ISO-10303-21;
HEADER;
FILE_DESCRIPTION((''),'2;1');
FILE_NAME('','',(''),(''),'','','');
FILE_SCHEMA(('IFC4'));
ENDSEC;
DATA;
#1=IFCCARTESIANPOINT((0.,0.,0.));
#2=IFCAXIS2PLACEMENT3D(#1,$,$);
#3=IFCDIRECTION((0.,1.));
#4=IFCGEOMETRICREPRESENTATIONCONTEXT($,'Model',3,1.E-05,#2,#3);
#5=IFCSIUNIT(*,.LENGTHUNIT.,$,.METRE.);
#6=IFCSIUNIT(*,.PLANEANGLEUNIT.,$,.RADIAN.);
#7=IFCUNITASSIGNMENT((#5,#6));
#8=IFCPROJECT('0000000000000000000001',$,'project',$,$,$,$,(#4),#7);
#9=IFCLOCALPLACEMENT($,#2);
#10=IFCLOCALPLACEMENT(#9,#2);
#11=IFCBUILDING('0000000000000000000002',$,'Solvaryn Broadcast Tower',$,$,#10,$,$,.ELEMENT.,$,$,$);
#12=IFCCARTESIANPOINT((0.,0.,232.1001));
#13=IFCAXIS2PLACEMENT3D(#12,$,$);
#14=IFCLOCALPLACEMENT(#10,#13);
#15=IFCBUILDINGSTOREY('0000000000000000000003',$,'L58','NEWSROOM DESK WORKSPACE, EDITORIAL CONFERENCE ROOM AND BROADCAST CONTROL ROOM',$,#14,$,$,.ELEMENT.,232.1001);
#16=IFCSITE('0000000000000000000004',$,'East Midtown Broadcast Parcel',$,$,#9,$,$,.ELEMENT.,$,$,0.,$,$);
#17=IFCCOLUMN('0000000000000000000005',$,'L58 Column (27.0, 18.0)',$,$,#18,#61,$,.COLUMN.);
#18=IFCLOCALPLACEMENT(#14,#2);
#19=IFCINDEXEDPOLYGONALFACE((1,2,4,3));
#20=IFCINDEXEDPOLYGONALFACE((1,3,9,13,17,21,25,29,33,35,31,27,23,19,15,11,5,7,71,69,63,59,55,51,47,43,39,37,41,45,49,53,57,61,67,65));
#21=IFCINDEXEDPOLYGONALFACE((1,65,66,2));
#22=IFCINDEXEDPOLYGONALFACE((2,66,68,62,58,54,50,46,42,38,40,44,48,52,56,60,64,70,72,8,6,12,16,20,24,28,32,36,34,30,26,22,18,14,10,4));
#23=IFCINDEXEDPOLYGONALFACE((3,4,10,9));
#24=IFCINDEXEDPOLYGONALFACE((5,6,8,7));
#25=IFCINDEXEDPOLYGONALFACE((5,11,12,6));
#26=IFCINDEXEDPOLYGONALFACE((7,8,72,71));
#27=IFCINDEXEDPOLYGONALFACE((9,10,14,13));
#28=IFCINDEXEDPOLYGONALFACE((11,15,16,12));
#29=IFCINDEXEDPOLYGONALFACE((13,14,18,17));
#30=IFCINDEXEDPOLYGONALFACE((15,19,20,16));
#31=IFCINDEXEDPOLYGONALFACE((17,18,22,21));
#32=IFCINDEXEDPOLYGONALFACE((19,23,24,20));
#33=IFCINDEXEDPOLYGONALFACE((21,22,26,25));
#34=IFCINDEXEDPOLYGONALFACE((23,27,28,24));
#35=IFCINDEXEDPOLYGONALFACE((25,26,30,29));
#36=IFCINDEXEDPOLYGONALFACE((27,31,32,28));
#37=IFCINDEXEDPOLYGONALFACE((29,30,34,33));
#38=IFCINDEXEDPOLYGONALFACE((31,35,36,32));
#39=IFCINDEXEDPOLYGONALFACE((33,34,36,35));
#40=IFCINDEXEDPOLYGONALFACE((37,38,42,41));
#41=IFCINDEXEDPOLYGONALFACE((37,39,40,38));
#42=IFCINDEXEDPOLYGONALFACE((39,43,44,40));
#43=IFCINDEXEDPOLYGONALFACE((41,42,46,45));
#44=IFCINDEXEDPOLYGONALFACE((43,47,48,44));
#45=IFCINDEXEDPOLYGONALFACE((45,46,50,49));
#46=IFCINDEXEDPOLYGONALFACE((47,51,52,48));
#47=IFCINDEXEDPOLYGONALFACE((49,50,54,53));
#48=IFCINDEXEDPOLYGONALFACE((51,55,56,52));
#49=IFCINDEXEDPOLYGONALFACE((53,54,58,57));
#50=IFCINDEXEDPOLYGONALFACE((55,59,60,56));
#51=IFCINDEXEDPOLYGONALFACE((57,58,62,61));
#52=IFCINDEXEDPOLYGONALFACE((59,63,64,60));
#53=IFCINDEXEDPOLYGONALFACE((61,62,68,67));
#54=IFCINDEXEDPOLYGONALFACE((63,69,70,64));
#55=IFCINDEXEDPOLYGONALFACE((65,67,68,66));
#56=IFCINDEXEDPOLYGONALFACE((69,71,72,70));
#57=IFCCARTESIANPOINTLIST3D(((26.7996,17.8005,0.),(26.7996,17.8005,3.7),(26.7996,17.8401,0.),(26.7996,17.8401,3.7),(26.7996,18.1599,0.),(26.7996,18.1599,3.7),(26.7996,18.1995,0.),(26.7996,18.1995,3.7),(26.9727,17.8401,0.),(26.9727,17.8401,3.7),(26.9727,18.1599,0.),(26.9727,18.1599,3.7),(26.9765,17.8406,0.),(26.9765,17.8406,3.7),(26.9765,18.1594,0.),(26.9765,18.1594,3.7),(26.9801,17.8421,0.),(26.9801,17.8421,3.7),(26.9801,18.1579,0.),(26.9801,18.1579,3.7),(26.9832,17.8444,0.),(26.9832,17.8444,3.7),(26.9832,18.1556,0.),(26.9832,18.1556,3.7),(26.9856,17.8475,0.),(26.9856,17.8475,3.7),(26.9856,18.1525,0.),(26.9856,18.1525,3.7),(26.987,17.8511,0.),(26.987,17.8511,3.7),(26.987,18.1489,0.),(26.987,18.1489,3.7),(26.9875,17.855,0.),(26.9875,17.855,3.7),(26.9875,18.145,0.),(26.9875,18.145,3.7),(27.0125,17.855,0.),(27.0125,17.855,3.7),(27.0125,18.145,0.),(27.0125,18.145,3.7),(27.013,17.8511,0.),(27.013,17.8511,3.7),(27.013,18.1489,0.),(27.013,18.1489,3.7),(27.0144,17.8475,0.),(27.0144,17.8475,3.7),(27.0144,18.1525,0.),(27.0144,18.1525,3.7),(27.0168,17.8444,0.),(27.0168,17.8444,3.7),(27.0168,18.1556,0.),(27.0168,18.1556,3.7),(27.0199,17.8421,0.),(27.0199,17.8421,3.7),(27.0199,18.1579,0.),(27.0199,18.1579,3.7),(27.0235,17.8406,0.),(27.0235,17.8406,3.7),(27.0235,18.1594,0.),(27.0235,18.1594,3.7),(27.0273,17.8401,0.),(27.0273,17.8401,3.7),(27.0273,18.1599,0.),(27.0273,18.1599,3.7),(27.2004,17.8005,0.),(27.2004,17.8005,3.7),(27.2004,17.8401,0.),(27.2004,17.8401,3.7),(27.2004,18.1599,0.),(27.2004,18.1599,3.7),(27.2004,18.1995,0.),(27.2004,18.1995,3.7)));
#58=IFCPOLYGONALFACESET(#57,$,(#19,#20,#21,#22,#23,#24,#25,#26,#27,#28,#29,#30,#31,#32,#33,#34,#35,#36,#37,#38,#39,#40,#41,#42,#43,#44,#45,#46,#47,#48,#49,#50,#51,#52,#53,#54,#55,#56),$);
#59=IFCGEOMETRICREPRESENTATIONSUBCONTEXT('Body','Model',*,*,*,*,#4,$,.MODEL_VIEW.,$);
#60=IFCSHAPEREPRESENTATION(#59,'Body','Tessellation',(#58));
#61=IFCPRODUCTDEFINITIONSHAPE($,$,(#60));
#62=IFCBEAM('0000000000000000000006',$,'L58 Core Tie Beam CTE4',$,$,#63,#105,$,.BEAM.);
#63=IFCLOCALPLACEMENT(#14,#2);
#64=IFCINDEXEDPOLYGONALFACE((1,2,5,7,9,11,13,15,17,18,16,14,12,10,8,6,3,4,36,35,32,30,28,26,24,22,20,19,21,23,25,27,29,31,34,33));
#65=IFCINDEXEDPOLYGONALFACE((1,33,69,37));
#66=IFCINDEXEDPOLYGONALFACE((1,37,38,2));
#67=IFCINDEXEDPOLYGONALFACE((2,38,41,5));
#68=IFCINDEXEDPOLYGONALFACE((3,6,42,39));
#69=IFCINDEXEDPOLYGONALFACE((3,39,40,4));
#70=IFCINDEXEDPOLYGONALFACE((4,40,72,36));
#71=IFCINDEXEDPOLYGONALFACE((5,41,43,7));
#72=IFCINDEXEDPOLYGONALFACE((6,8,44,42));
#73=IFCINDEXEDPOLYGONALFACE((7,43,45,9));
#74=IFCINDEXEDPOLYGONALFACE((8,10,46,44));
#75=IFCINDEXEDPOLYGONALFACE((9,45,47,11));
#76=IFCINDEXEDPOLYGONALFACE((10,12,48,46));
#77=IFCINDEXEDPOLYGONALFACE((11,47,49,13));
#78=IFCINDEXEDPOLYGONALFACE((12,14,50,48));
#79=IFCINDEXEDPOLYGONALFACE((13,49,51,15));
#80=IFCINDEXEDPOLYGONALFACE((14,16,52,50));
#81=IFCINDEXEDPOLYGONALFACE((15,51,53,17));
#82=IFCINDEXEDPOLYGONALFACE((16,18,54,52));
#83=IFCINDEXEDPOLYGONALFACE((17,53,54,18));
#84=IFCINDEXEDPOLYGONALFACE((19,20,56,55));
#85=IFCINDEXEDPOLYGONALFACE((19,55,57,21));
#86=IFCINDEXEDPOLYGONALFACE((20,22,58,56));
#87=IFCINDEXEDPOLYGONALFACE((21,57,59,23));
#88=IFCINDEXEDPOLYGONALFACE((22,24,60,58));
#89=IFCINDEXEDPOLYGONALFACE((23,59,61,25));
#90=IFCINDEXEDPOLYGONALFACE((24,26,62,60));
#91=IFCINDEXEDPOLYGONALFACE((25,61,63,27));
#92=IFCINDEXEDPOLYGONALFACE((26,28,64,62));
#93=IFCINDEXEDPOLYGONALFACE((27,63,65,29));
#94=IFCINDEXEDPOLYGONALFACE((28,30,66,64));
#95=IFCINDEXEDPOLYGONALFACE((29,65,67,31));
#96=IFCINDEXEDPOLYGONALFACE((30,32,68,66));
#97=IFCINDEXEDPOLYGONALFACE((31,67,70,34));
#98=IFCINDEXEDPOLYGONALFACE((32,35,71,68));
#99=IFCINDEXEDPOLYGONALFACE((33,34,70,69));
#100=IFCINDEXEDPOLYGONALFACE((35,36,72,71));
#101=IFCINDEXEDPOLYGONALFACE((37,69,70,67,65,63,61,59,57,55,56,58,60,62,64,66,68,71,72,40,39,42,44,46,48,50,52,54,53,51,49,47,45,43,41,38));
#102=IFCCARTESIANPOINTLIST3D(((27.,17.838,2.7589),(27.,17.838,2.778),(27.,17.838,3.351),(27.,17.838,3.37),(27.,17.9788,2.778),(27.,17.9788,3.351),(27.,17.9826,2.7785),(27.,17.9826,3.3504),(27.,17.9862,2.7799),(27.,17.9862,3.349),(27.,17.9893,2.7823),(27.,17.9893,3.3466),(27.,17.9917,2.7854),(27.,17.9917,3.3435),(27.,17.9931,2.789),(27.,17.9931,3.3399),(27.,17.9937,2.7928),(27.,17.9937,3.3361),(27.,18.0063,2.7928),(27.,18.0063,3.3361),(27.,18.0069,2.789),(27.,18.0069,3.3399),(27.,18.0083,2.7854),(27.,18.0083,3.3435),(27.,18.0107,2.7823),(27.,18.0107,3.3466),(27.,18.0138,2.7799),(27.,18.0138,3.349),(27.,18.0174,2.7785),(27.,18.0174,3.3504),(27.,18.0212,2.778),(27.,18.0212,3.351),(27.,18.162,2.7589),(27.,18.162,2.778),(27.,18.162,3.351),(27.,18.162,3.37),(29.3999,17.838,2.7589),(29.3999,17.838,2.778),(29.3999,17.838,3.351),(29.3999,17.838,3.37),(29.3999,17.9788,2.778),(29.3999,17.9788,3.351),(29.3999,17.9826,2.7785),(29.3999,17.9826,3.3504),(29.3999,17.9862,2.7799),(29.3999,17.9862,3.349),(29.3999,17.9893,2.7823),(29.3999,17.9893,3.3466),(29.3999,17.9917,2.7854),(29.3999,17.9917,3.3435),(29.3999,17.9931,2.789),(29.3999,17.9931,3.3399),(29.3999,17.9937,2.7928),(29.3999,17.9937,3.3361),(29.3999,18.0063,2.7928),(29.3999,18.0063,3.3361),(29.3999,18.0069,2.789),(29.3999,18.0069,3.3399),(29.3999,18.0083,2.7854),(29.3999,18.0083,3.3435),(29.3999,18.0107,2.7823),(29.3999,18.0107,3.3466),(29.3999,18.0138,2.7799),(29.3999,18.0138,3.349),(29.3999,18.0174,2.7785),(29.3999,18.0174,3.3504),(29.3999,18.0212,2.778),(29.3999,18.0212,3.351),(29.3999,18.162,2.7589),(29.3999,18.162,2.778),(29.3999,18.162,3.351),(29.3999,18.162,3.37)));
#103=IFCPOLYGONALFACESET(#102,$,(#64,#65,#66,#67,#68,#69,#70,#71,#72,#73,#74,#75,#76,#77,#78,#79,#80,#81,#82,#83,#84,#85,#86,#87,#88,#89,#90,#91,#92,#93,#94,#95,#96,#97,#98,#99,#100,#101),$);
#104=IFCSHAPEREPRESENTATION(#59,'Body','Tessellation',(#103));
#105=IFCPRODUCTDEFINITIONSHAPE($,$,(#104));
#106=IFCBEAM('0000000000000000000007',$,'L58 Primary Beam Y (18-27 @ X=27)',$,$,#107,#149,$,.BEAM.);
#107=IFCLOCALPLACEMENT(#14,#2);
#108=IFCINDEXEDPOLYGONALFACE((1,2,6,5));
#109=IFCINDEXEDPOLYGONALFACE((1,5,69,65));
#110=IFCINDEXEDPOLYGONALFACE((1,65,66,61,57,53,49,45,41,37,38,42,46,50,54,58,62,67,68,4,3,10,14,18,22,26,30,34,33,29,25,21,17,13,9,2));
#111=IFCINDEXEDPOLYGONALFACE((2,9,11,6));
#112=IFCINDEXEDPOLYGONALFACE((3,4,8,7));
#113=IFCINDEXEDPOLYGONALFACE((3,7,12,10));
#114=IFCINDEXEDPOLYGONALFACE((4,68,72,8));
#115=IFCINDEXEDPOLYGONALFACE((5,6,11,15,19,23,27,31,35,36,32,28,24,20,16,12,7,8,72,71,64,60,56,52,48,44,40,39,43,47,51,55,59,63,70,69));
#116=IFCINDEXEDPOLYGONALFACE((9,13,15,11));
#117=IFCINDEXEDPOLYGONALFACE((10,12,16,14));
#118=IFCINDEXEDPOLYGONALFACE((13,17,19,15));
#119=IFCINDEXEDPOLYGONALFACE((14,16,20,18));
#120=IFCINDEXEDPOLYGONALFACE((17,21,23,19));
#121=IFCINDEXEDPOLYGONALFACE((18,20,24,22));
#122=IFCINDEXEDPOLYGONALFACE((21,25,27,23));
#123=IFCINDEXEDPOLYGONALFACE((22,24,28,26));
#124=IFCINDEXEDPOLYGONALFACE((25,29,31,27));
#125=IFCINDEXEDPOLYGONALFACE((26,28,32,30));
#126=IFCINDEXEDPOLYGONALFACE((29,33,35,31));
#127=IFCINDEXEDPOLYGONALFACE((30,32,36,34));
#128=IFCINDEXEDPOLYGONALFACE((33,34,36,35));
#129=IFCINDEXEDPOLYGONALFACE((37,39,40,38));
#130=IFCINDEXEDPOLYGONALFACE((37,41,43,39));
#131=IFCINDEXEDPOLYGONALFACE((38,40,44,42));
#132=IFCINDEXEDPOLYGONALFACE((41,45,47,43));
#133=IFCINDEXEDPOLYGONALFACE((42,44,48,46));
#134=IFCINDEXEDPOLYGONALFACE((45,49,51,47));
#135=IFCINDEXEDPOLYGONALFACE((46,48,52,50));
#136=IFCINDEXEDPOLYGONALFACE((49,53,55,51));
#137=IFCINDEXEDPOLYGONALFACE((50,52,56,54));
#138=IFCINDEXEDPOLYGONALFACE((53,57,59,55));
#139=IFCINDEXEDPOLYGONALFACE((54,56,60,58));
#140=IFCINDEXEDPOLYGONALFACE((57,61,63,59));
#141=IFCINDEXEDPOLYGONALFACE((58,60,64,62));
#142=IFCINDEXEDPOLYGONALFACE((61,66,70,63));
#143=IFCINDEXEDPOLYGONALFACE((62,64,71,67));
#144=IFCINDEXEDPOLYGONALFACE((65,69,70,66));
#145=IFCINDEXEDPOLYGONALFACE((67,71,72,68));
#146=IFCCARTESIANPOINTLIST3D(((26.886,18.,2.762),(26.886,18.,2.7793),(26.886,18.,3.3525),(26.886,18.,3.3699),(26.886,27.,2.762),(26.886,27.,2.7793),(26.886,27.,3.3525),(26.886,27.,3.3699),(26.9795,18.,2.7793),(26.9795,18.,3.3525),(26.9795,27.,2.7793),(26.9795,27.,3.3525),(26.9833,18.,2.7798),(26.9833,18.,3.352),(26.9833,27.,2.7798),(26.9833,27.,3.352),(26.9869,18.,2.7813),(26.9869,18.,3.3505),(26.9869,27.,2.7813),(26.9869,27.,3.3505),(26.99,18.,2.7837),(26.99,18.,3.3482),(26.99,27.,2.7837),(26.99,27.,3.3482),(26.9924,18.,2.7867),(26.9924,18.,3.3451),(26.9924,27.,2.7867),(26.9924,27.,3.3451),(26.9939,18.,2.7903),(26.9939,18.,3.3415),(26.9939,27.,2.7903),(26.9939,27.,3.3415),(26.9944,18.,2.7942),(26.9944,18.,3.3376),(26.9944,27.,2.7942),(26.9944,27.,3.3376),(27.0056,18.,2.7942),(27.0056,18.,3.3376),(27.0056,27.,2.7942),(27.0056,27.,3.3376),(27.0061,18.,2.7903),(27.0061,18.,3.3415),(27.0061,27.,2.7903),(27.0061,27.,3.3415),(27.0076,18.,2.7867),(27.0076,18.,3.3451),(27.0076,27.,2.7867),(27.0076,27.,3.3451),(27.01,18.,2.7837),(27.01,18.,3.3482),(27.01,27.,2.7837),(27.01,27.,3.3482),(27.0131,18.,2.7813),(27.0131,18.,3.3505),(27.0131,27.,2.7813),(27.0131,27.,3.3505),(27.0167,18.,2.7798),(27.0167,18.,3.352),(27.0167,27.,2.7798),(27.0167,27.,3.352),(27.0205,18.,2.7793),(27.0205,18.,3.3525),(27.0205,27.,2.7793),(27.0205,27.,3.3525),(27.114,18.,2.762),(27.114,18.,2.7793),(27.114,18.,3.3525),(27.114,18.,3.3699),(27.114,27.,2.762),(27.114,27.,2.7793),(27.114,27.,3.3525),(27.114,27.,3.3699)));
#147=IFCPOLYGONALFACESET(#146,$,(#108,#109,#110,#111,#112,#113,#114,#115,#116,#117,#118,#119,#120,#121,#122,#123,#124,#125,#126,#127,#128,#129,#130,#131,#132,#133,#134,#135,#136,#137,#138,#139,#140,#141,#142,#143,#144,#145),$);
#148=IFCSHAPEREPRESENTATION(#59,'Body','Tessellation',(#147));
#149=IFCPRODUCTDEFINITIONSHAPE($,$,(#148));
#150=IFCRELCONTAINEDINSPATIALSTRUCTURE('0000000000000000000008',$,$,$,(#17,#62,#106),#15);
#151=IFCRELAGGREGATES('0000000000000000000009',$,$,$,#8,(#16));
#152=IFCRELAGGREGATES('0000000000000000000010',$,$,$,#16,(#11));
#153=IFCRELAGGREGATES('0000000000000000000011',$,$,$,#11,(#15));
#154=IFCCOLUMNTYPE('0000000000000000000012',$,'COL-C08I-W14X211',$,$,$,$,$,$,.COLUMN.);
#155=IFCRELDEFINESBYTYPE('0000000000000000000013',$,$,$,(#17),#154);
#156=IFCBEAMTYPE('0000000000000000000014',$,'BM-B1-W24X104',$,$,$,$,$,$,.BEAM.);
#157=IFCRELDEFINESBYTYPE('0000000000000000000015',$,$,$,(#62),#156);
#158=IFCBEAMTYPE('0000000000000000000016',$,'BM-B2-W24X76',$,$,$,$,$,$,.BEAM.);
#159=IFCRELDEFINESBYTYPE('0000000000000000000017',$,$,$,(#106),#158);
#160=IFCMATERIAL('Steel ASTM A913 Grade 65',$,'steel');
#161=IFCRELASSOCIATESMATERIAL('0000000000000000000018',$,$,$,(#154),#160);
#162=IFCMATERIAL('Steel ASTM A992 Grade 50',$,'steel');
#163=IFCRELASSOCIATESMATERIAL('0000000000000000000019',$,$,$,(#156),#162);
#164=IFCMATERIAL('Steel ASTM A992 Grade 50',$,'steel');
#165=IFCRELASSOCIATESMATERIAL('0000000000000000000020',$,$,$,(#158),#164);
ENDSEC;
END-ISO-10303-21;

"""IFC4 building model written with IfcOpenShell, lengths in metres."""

from ifc_helpers import new_model, si_unit, direction, frame, origin, origin_2d, place, context, subcontext, project, spatial, i_section, extrude, material, material_profile, profile_set, type_object, element, save


model = new_model("IFC4")

# Units and contexts
model_context = context("Model", 3, precision=1e-05, world=origin(), true_north=direction((0.0, 1.0)))
body_context = subcontext(model_context, "Body", "Model", "MODEL_VIEW")
ifc_project = project(units=[si_unit("LENGTHUNIT", "METRE"), si_unit("PLANEANGLEUNIT", "RADIAN")], contexts=[model_context])

# Site, building, storey
site_placement = place(None, origin())
site = spatial("IfcSite", under=ifc_project, at=site_placement, Name="East Midtown Broadcast Parcel", CompositionType="ELEMENT", RefElevation=0.0)
building_placement = place(site_placement, origin())
building = spatial("IfcBuilding", under=site, at=building_placement, Name="Solvaryn Broadcast Tower", CompositionType="ELEMENT")
storey_placement = place(building_placement, frame((0.0, 0.0, 232.1001)))
storey = spatial("IfcBuildingStorey", under=building, at=storey_placement, Name="L58", Description="NEWSROOM DESK WORKSPACE, EDITORIAL CONFERENCE ROOM AND BROADCAST CONTROL ROOM", CompositionType="ELEMENT", Elevation=232.1001)

# Column
ifc_material_1 = material(Name="Steel ASTM A913 Grade 65", Category="steel")
ifc_material_profile_1 = material_profile(ifc_material_1, i_section(OverallWidth=0.4009, OverallDepth=0.3989, WebThickness=0.0249, FlangeThickness=0.0396, FilletRadius=0.0149, at=origin_2d()))
ifc_profile_set_1 = profile_set([ifc_material_profile_1], Name="Steel ASTM A913 Grade 65")
column_type = type_object("IfcColumnType", Name="COL-C08I-W14X211", PredefinedType="COLUMN", material=ifc_profile_set_1)
column_placement = place(storey_placement, frame((27.0, 18.0, 0.0), z_axis=(0.0, 0.0, 1.0), x_axis=(1.0, 0.0, 0.0)))
element("IfcColumn", 1, at=column_placement, inside=storey, type_object=column_type, Name="L58 Column (27.0, 18.0)", PredefinedType="COLUMN", context=body_context, shape_type="SweptSolid", body=[
    extrude(i_section(OverallWidth=0.4009, OverallDepth=0.3989, WebThickness=0.0249, FlangeThickness=0.0396, FilletRadius=0.0149, at=origin_2d()), origin(), (0.0, 0.0, 1.0), 3.7),
])

# Beams
ifc_material_2 = material(Name="Steel ASTM A992 Grade 50", Category="steel")
ifc_material_profile_2 = material_profile(ifc_material_2, i_section(OverallWidth=0.324, OverallDepth=0.6111, WebThickness=0.0127, FlangeThickness=0.019, FilletRadius=0.0149, at=origin_2d()))
ifc_profile_set_2 = profile_set([ifc_material_profile_2], Name="Steel ASTM A992 Grade 50")
beam_type_1 = type_object("IfcBeamType", Name="BM-B1-W24X104", PredefinedType="BEAM", material=ifc_profile_set_2)
beam_1_placement = place(storey_placement, frame((27.0, 18.0, 3.0645), z_axis=(1.0, 0.0, 0.0), x_axis=(0.0, 1.0, 0.0)))
element("IfcBeam", 2, at=beam_1_placement, inside=storey, type_object=beam_type_1, Name="L58 Core Tie Beam CTE4", PredefinedType="BEAM", context=body_context, shape_type="SweptSolid", body=[
    extrude(i_section(OverallWidth=0.324, OverallDepth=0.6111, WebThickness=0.0127, FlangeThickness=0.019, FilletRadius=0.0149, at=origin_2d()), origin(), (0.0, 0.0, 1.0), 2.3999),
])
ifc_material_3 = material(Name="Steel ASTM A992 Grade 50", Category="steel")
ifc_material_profile_3 = material_profile(ifc_material_3, i_section(OverallWidth=0.228, OverallDepth=0.6079, WebThickness=0.0112, FlangeThickness=0.0173, FilletRadius=0.0149, at=origin_2d()))
ifc_profile_set_3 = profile_set([ifc_material_profile_3], Name="Steel ASTM A992 Grade 50")
beam_type_2 = type_object("IfcBeamType", Name="BM-B2-W24X76", PredefinedType="BEAM", material=ifc_profile_set_3)
beam_2_placement = place(storey_placement, frame((27.0, 18.0, 3.0659), z_axis=(0.0, 1.0, 0.0), x_axis=(-1.0, 0.0, 0.0)))
element("IfcBeam", 3, at=beam_2_placement, inside=storey, type_object=beam_type_2, Name="L58 Primary Beam Y (18-27 @ X=27)", PredefinedType="BEAM", context=body_context, shape_type="SweptSolid", body=[
    extrude(i_section(OverallWidth=0.228, OverallDepth=0.6079, WebThickness=0.0112, FlangeThickness=0.0173, FilletRadius=0.0149, at=origin_2d()), origin(), (0.0, 0.0, 1.0), 9.0),
])

save(model, "model.ifc")
